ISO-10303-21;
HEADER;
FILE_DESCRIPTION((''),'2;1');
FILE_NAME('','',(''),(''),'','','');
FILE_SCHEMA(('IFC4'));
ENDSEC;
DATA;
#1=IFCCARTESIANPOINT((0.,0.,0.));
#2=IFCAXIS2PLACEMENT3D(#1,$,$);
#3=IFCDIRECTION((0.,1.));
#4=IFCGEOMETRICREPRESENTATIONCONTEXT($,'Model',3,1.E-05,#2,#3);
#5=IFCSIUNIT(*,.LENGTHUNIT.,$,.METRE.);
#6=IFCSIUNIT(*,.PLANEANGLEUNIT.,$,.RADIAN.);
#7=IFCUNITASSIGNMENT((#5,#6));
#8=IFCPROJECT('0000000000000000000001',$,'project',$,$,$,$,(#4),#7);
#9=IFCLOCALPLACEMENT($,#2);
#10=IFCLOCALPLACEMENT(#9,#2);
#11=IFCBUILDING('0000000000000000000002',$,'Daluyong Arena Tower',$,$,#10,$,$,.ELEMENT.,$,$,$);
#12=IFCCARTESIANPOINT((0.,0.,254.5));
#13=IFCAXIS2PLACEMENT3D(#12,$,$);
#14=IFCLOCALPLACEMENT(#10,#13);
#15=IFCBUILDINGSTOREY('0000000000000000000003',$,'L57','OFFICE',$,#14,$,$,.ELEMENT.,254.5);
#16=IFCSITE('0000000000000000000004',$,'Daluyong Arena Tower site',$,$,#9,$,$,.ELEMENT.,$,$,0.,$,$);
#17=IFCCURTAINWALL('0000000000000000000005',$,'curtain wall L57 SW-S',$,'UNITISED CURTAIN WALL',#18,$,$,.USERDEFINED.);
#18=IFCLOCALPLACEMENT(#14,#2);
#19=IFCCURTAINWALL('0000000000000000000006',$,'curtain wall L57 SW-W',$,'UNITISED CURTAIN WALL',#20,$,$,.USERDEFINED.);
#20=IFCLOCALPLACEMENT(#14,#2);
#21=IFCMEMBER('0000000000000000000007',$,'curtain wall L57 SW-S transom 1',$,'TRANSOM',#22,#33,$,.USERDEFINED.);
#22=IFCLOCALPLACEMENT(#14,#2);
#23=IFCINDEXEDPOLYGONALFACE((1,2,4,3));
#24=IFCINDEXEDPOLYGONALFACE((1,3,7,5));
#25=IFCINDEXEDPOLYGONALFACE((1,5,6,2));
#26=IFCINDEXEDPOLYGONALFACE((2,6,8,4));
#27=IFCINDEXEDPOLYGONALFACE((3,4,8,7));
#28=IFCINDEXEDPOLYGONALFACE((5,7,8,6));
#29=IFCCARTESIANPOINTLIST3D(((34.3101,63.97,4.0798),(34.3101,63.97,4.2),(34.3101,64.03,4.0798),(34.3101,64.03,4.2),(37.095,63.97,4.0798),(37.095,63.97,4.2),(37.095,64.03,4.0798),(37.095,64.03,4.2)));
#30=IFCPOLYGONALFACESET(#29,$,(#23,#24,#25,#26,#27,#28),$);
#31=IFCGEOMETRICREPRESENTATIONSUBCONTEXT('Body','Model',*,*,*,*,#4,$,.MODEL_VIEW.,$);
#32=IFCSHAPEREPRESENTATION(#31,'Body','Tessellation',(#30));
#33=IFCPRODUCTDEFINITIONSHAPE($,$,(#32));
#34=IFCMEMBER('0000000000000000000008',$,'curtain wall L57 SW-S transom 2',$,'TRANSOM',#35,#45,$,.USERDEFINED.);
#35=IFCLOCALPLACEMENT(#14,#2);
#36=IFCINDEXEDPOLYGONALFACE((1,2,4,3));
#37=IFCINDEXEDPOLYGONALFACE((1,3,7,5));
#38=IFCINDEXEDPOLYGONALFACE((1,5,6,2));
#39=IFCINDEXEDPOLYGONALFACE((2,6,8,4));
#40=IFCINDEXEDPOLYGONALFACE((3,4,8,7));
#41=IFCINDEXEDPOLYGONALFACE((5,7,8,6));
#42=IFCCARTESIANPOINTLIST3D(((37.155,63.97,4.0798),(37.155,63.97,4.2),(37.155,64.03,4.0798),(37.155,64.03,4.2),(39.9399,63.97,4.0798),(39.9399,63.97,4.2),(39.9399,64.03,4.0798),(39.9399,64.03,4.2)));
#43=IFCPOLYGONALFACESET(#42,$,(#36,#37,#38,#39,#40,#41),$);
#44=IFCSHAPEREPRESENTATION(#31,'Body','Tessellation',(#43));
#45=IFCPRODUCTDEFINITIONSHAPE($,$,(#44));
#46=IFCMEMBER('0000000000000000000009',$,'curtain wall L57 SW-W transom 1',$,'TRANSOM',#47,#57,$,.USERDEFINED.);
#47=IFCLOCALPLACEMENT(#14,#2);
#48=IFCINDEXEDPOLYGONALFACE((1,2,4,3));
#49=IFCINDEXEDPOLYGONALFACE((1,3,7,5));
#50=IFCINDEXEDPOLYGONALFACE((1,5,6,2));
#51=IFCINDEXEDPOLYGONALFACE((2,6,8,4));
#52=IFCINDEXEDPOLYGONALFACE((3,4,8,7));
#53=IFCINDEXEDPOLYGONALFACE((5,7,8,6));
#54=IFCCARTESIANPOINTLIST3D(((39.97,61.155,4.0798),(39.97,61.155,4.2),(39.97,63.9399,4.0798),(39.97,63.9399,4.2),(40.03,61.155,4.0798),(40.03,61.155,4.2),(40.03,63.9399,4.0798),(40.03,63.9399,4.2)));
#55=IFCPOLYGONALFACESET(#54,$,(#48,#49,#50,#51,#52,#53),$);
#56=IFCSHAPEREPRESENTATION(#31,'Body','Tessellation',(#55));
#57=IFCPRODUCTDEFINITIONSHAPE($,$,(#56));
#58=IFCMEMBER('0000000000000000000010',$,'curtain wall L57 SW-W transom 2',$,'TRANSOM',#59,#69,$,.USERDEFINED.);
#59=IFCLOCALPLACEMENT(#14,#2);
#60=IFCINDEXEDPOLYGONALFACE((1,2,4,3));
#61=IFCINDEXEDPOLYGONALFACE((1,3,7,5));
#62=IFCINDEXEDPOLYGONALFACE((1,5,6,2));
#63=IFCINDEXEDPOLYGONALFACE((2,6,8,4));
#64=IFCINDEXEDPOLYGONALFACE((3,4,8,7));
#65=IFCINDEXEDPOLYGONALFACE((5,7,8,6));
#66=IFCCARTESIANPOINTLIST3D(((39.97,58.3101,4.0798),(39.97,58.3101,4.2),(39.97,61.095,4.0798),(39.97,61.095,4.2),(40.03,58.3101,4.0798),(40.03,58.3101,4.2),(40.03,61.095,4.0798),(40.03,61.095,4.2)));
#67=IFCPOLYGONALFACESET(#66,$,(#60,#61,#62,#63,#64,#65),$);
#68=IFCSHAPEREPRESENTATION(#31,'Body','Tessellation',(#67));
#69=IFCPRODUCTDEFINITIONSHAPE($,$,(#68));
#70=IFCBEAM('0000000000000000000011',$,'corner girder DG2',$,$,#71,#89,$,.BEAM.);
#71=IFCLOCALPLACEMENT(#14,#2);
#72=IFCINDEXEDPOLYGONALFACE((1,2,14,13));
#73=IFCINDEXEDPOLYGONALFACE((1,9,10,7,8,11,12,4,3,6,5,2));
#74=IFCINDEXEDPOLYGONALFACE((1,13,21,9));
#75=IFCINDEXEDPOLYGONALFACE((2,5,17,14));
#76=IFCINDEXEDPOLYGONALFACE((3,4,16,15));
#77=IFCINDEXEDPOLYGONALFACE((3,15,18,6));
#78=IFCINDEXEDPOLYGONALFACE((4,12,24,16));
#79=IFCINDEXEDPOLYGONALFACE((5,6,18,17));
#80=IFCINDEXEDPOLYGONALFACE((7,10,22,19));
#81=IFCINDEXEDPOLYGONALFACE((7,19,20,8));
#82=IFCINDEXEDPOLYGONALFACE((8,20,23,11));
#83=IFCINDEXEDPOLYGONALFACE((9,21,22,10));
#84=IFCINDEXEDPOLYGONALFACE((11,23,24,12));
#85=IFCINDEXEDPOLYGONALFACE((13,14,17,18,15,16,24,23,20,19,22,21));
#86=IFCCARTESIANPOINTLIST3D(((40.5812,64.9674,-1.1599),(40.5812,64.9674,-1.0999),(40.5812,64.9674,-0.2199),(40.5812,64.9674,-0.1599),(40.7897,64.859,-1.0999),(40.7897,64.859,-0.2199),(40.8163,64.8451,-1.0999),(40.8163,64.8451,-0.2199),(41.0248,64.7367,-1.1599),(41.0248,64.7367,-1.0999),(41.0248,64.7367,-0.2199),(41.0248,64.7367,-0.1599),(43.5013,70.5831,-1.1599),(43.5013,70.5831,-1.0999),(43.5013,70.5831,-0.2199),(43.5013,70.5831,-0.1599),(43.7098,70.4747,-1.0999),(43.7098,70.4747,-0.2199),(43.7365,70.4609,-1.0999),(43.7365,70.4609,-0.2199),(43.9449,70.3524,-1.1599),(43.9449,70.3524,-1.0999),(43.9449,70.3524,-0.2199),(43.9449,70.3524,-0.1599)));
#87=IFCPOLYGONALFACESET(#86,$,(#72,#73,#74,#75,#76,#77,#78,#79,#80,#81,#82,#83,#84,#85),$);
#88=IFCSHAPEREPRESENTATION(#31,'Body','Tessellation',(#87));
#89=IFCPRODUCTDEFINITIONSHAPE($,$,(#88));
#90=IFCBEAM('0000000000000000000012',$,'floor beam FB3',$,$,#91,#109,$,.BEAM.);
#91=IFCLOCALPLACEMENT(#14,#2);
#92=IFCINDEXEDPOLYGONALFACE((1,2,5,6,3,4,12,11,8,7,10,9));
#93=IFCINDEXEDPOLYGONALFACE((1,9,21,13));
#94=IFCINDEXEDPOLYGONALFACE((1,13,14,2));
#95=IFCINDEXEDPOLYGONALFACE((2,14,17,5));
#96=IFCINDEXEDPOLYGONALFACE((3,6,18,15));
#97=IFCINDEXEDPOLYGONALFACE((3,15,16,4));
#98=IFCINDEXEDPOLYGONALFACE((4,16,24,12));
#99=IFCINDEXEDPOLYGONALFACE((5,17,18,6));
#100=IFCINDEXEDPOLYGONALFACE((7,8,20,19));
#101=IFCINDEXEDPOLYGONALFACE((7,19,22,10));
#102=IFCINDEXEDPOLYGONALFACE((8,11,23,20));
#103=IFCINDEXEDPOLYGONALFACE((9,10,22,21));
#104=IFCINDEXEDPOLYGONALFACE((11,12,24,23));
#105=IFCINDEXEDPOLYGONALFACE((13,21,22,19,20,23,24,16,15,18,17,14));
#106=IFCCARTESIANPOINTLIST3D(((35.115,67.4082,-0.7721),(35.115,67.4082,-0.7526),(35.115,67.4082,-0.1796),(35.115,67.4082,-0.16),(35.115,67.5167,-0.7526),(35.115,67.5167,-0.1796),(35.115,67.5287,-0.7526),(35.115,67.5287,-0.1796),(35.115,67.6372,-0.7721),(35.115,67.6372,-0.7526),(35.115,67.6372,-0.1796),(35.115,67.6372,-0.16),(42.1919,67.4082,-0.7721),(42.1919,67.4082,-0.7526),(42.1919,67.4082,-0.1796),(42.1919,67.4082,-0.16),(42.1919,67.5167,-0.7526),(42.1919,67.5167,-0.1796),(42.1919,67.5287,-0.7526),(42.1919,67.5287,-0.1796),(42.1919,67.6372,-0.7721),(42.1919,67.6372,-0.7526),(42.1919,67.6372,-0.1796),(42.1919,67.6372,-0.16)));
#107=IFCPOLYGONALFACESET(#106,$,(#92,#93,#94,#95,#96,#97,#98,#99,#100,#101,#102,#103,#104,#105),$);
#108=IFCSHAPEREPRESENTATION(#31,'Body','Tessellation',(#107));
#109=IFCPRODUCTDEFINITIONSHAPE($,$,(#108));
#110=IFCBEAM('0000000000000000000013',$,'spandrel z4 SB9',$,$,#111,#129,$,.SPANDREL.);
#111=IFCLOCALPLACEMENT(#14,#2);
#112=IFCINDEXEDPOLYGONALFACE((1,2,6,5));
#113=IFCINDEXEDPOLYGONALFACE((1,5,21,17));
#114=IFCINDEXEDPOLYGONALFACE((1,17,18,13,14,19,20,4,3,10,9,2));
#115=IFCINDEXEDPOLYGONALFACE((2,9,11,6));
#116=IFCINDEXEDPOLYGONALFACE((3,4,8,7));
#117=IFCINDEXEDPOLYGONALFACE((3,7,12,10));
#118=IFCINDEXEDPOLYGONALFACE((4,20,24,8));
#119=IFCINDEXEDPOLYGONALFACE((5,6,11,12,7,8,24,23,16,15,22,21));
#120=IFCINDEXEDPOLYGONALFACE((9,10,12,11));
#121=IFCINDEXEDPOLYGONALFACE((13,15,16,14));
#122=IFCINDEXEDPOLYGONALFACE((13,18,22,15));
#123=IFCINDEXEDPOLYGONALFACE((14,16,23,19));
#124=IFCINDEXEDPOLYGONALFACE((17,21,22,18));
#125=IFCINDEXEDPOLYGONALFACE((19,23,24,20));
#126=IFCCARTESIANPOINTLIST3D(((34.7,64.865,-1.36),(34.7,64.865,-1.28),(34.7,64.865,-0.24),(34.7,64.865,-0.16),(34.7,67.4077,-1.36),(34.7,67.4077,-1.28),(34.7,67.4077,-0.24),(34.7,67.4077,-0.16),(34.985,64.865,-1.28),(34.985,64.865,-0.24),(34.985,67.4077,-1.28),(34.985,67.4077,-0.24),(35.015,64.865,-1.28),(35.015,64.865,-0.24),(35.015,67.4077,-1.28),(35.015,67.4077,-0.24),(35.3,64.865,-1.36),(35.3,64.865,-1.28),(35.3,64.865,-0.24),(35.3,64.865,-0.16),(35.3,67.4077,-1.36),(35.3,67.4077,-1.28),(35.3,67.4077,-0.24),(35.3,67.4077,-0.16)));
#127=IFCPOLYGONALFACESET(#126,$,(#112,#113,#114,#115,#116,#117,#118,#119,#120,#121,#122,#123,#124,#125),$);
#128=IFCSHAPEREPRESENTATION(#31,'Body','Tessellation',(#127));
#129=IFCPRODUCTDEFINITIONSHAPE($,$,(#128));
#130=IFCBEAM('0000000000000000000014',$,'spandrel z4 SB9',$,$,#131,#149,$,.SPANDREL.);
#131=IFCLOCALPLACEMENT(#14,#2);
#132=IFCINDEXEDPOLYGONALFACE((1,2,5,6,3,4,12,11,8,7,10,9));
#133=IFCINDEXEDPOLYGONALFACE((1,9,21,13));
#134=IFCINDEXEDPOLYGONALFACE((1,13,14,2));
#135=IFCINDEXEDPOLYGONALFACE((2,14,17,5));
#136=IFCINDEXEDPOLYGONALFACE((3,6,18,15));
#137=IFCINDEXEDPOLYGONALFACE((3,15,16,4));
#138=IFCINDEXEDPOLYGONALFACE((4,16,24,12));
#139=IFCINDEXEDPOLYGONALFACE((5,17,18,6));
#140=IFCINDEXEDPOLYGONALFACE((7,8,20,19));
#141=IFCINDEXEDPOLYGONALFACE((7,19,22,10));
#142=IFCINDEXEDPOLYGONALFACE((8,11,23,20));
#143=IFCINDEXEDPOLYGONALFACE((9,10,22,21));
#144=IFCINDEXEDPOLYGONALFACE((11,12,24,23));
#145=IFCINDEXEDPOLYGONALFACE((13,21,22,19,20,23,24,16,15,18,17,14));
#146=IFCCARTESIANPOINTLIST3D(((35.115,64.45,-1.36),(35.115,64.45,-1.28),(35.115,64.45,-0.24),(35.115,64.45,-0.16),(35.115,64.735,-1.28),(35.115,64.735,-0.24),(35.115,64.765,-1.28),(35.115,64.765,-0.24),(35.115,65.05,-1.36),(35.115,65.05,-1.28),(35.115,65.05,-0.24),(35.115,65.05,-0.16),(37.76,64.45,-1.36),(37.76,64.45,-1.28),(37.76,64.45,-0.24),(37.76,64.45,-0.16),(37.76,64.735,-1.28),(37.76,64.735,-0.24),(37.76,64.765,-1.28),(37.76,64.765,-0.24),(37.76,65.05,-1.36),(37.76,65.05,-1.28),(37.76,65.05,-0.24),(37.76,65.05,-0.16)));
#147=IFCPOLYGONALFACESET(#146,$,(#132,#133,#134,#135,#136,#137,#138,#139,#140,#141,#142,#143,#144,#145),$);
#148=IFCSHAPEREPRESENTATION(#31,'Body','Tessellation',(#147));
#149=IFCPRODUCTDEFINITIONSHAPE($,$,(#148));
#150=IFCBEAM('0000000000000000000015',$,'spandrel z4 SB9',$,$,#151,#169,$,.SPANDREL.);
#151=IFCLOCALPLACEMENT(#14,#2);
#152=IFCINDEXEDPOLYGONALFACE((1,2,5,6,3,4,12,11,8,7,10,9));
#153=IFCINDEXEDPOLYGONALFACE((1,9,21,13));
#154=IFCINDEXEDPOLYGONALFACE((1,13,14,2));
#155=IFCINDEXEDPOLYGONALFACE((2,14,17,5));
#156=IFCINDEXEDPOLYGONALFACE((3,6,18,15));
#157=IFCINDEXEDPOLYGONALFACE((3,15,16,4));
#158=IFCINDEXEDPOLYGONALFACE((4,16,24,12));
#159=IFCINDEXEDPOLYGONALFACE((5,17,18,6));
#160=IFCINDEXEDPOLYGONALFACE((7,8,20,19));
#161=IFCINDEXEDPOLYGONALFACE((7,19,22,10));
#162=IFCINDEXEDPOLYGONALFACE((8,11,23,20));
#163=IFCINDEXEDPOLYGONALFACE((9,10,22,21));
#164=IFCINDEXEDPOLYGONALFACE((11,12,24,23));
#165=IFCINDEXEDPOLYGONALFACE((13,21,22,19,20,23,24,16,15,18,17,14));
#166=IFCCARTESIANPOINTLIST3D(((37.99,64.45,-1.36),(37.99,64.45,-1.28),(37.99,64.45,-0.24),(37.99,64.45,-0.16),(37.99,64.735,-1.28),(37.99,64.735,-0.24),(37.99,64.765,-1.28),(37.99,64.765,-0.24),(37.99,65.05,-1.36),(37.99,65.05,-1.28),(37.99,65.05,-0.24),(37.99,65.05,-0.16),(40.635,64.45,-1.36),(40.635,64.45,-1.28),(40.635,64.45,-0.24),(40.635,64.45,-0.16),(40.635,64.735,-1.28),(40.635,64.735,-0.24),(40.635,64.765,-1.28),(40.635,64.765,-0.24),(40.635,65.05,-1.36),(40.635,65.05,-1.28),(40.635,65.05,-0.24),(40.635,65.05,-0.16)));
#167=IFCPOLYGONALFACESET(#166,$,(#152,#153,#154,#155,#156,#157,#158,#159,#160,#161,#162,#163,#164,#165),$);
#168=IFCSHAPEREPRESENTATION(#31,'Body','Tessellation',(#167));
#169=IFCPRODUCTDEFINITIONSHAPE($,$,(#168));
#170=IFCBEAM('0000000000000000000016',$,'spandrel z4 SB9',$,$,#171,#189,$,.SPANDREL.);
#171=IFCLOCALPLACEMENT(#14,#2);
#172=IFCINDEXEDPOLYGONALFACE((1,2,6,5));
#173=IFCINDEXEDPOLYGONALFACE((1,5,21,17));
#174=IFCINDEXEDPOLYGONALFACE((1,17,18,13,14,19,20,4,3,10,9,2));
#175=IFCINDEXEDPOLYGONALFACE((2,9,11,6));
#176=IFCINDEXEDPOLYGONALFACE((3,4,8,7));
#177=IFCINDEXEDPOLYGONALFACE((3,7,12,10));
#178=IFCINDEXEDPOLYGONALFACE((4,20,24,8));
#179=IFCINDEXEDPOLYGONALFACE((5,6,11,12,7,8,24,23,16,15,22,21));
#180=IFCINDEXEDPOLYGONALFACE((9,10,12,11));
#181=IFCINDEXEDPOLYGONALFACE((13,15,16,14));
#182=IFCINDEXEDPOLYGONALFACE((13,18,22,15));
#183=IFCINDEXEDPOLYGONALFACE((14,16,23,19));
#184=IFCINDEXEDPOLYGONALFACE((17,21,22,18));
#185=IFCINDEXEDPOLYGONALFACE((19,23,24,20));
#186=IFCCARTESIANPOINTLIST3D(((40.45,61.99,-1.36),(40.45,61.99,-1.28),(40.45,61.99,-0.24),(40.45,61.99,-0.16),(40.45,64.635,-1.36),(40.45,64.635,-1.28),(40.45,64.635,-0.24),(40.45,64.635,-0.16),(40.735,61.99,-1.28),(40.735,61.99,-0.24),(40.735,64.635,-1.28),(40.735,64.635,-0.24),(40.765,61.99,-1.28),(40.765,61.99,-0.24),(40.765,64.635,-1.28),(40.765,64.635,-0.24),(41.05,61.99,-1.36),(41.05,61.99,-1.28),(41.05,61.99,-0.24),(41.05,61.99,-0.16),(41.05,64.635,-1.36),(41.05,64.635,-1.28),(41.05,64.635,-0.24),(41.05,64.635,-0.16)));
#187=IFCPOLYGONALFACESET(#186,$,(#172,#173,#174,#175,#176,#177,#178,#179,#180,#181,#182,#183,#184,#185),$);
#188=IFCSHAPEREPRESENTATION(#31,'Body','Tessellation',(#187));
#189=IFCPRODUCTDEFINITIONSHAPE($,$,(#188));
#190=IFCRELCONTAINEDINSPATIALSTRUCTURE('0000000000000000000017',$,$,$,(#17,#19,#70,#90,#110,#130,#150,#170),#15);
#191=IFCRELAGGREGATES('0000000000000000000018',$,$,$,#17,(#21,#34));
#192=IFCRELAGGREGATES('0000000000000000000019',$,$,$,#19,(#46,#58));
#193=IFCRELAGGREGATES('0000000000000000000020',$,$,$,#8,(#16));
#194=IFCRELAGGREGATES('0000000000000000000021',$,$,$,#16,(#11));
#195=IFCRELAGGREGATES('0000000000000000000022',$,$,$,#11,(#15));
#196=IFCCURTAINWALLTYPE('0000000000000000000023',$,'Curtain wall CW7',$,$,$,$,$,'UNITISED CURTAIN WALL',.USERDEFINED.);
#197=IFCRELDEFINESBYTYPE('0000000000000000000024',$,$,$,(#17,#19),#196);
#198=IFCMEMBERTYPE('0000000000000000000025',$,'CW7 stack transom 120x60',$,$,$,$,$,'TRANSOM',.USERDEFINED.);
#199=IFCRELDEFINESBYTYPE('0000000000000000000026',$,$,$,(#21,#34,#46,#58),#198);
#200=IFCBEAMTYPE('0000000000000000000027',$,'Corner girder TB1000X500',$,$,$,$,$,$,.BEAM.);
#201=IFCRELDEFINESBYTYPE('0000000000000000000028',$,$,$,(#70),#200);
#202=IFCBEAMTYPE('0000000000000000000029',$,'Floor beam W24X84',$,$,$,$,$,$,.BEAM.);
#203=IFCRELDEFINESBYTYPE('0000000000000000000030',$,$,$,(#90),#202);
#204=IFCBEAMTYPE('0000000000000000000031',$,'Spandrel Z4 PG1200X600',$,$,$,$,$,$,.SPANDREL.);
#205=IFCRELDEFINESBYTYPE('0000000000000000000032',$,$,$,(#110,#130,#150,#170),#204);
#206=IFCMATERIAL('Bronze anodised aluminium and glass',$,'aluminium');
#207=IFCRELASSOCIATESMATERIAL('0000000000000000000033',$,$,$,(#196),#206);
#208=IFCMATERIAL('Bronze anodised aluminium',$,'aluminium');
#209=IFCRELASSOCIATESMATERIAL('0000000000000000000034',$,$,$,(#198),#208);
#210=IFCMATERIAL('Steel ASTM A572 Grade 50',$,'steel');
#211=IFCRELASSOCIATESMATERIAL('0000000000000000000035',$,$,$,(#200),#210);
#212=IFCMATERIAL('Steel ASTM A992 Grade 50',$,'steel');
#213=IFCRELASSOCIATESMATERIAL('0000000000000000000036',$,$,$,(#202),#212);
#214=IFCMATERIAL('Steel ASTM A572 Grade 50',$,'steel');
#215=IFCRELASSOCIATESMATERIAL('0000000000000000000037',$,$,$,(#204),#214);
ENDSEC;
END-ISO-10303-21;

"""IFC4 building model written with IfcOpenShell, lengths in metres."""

from ifc_helpers import new_model, si_unit, direction, frame, origin, origin_2d, place, context, subcontext, project, spatial, rectangle, i_section, extrude, material, material_profile, profile_set, type_object, element, aggregate, save


model = new_model("IFC4")

# Units and contexts
model_context = context("Model", 3, precision=1e-05, world=origin(), true_north=direction((0.0, 1.0)))
body_context = subcontext(model_context, "Body", "Model", "MODEL_VIEW")
ifc_project = project(units=[si_unit("LENGTHUNIT", "METRE"), si_unit("PLANEANGLEUNIT", "RADIAN")], contexts=[model_context])

# Site, building, storey
site_placement = place(None, origin())
site = spatial("IfcSite", under=ifc_project, at=site_placement, Name="Daluyong Arena Tower site", CompositionType="ELEMENT", RefElevation=0.0)
building_placement = place(site_placement, origin())
building = spatial("IfcBuilding", under=site, at=building_placement, Name="Daluyong Arena Tower", CompositionType="ELEMENT")
storey_placement = place(building_placement, frame((0.0, 0.0, 254.5)))
storey = spatial("IfcBuildingStorey", under=building, at=storey_placement, Name="L57", Description="OFFICE", CompositionType="ELEMENT", Elevation=254.5)

# Curtain walls
ifc_material_1 = material(Name="Bronze anodised aluminium and glass", Category="aluminium")
curtain_wall_type_1 = type_object("IfcCurtainWallType", Name="Curtain wall CW7", ElementType="UNITISED CURTAIN WALL", PredefinedType="USERDEFINED", material=ifc_material_1)
curtain_wall_1_placement = place(storey_placement, origin())
curtain_wall_1 = element("IfcCurtainWall", 1, at=curtain_wall_1_placement, inside=storey, type_object=curtain_wall_type_1, Name="curtain wall L57 SW-S", ObjectType="UNITISED CURTAIN WALL", PredefinedType="USERDEFINED")
curtain_wall_2_placement = place(storey_placement, origin())
curtain_wall_2 = element("IfcCurtainWall", 2, at=curtain_wall_2_placement, inside=storey, type_object=curtain_wall_type_1, Name="curtain wall L57 SW-W", ObjectType="UNITISED CURTAIN WALL", PredefinedType="USERDEFINED")

# Members
ifc_material_2 = material(Name="Bronze anodised aluminium", Category="aluminium")
ifc_material_profile_1 = material_profile(ifc_material_2, rectangle(XDim=0.0601, YDim=0.1201, at=origin_2d()))
ifc_profile_set_1 = profile_set([ifc_material_profile_1], Name="Bronze anodised aluminium")
member_type_1 = type_object("IfcMemberType", Name="CW7 stack transom 120x60", ElementType="TRANSOM", PredefinedType="USERDEFINED", material=ifc_profile_set_1)
member_1_placement = place(storey_placement, frame((34.3101, 64.0, 4.1399), z_axis=(1.0, 0.0, 0.0), x_axis=(0.0, 1.0, 0.0)))
member_1 = element("IfcMember", 3, at=member_1_placement, type_object=member_type_1, Name="curtain wall L57 SW-S transom 1", ObjectType="TRANSOM", PredefinedType="USERDEFINED", context=body_context, shape_type="SweptSolid", body=[
    extrude(rectangle(XDim=0.0601, YDim=0.1201, at=origin_2d()), origin(), (0.0, 0.0, 1.0), 2.7849),
])
member_2_placement = place(storey_placement, frame((37.155, 64.0, 4.1399), z_axis=(1.0, 0.0, 0.0), x_axis=(0.0, 1.0, 0.0)))
member_2 = element("IfcMember", 4, at=member_2_placement, type_object=member_type_1, Name="curtain wall L57 SW-S transom 2", ObjectType="TRANSOM", PredefinedType="USERDEFINED", context=body_context, shape_type="SweptSolid", body=[
    extrude(rectangle(XDim=0.0601, YDim=0.1201, at=origin_2d()), origin(), (0.0, 0.0, 1.0), 2.7849),
])
member_3_placement = place(storey_placement, frame((40.0, 63.9399, 4.1399), z_axis=(0.0, -1.0, 0.0), x_axis=(1.0, 0.0, 0.0)))
member_3 = element("IfcMember", 5, at=member_3_placement, type_object=member_type_1, Name="curtain wall L57 SW-W transom 1", ObjectType="TRANSOM", PredefinedType="USERDEFINED", context=body_context, shape_type="SweptSolid", body=[
    extrude(rectangle(XDim=0.0601, YDim=0.1201, at=origin_2d()), origin(), (0.0, 0.0, 1.0), 2.7849),
])
member_4_placement = place(storey_placement, frame((40.0, 61.095, 4.1399), z_axis=(0.0, -1.0, 0.0), x_axis=(1.0, 0.0, 0.0)))
member_4 = element("IfcMember", 6, at=member_4_placement, type_object=member_type_1, Name="curtain wall L57 SW-W transom 2", ObjectType="TRANSOM", PredefinedType="USERDEFINED", context=body_context, shape_type="SweptSolid", body=[
    extrude(rectangle(XDim=0.0601, YDim=0.1201, at=origin_2d()), origin(), (0.0, 0.0, 1.0), 2.7849),
])

# Beams
ifc_material_3 = material(Name="Steel ASTM A572 Grade 50", Category="steel")
ifc_material_profile_2 = material_profile(ifc_material_3, i_section(OverallWidth=0.5, OverallDepth=1.0, WebThickness=0.03, FlangeThickness=0.06, at=origin_2d()))
ifc_profile_set_2 = profile_set([ifc_material_profile_2], Name="Steel ASTM A572 Grade 50")
beam_type_1 = type_object("IfcBeamType", Name="Corner girder TB1000X500", PredefinedType="BEAM", material=ifc_profile_set_2)
beam_1_placement = place(storey_placement, frame((40.803, 64.8521, -0.6599), z_axis=(0.461352, 0.887217, 0.0), x_axis=(-0.887217, 0.461352, 0.0)))
element("IfcBeam", 7, at=beam_1_placement, inside=storey, type_object=beam_type_1, Name="corner girder DG2", PredefinedType="BEAM", context=body_context, shape_type="SweptSolid", body=[
    extrude(i_section(OverallWidth=0.5, OverallDepth=1.0, WebThickness=0.03, FlangeThickness=0.06, at=origin_2d()), origin(), (0.0, 0.0, 1.0), 6.3296),
])
ifc_material_4 = material(Name="Steel ASTM A992 Grade 50", Category="steel")
ifc_material_profile_3 = material_profile(ifc_material_4, i_section(OverallWidth=0.229, OverallDepth=0.6121, WebThickness=0.012, FlangeThickness=0.0195, at=origin_2d()))
ifc_profile_set_3 = profile_set([ifc_material_profile_3], Name="Steel ASTM A992 Grade 50")
beam_type_2 = type_object("IfcBeamType", Name="Floor beam W24X84", PredefinedType="BEAM", material=ifc_profile_set_3)
beam_2_placement = place(storey_placement, frame((35.115, 67.5227, -0.4661), z_axis=(1.0, 0.0, 0.0), x_axis=(0.0, 1.0, 0.0)))
element("IfcBeam", 8, at=beam_2_placement, inside=storey, type_object=beam_type_2, Name="floor beam FB3", PredefinedType="BEAM", context=body_context, shape_type="SweptSolid", body=[
    extrude(i_section(OverallWidth=0.229, OverallDepth=0.6121, WebThickness=0.012, FlangeThickness=0.0195, at=origin_2d()), origin(), (0.0, 0.0, 1.0), 7.0769),
])
ifc_material_5 = material(Name="Steel ASTM A572 Grade 50", Category="steel")
ifc_material_profile_4 = material_profile(ifc_material_5, i_section(OverallWidth=0.6001, OverallDepth=1.2, WebThickness=0.03, FlangeThickness=0.08, at=origin_2d()))
ifc_profile_set_4 = profile_set([ifc_material_profile_4], Name="Steel ASTM A572 Grade 50")
beam_type_3 = type_object("IfcBeamType", Name="Spandrel Z4 PG1200X600", PredefinedType="SPANDREL", material=ifc_profile_set_4)
beam_3_placement = place(storey_placement, frame((35.0, 67.4077, -0.76), z_axis=(0.0, -1.0, 0.0), x_axis=(1.0, 0.0, 0.0)))
element("IfcBeam", 9, at=beam_3_placement, inside=storey, type_object=beam_type_3, Name="spandrel z4 SB9", PredefinedType="SPANDREL", context=body_context, shape_type="SweptSolid", body=[
    extrude(i_section(OverallWidth=0.6001, OverallDepth=1.2, WebThickness=0.03, FlangeThickness=0.08, at=origin_2d()), origin(), (0.0, 0.0, 1.0), 2.5427),
])
for number, where, z_axis, x_axis, name in (
    (10, (35.115, 64.75, -0.76), (1.0, 0.0, 0.0), (0.0, 1.0, 0.0), "spandrel z4 SB9"),
    (11, (37.99, 64.75, -0.76), (1.0, 0.0, 0.0), (0.0, 1.0, 0.0), "spandrel z4 SB9"),
    (12, (40.75, 64.635, -0.76), (0.0, -1.0, 0.0), (1.0, 0.0, 0.0), "spandrel z4 SB9"),
):
    element("IfcBeam", number, at=place(storey_placement, frame(where, z_axis=z_axis, x_axis=x_axis)), inside=storey, type_object=beam_type_3, Name=name, PredefinedType="SPANDREL", context=body_context, shape_type="SweptSolid", body=[
        extrude(i_section(OverallWidth=0.6001, OverallDepth=1.2, WebThickness=0.03, FlangeThickness=0.08, at=origin_2d()), origin(), (0.0, 0.0, 1.0), 2.645),
    ])

aggregate(curtain_wall_1, [member_1, member_2])
aggregate(curtain_wall_2, [member_3, member_4])

save(model, "model.ifc")
